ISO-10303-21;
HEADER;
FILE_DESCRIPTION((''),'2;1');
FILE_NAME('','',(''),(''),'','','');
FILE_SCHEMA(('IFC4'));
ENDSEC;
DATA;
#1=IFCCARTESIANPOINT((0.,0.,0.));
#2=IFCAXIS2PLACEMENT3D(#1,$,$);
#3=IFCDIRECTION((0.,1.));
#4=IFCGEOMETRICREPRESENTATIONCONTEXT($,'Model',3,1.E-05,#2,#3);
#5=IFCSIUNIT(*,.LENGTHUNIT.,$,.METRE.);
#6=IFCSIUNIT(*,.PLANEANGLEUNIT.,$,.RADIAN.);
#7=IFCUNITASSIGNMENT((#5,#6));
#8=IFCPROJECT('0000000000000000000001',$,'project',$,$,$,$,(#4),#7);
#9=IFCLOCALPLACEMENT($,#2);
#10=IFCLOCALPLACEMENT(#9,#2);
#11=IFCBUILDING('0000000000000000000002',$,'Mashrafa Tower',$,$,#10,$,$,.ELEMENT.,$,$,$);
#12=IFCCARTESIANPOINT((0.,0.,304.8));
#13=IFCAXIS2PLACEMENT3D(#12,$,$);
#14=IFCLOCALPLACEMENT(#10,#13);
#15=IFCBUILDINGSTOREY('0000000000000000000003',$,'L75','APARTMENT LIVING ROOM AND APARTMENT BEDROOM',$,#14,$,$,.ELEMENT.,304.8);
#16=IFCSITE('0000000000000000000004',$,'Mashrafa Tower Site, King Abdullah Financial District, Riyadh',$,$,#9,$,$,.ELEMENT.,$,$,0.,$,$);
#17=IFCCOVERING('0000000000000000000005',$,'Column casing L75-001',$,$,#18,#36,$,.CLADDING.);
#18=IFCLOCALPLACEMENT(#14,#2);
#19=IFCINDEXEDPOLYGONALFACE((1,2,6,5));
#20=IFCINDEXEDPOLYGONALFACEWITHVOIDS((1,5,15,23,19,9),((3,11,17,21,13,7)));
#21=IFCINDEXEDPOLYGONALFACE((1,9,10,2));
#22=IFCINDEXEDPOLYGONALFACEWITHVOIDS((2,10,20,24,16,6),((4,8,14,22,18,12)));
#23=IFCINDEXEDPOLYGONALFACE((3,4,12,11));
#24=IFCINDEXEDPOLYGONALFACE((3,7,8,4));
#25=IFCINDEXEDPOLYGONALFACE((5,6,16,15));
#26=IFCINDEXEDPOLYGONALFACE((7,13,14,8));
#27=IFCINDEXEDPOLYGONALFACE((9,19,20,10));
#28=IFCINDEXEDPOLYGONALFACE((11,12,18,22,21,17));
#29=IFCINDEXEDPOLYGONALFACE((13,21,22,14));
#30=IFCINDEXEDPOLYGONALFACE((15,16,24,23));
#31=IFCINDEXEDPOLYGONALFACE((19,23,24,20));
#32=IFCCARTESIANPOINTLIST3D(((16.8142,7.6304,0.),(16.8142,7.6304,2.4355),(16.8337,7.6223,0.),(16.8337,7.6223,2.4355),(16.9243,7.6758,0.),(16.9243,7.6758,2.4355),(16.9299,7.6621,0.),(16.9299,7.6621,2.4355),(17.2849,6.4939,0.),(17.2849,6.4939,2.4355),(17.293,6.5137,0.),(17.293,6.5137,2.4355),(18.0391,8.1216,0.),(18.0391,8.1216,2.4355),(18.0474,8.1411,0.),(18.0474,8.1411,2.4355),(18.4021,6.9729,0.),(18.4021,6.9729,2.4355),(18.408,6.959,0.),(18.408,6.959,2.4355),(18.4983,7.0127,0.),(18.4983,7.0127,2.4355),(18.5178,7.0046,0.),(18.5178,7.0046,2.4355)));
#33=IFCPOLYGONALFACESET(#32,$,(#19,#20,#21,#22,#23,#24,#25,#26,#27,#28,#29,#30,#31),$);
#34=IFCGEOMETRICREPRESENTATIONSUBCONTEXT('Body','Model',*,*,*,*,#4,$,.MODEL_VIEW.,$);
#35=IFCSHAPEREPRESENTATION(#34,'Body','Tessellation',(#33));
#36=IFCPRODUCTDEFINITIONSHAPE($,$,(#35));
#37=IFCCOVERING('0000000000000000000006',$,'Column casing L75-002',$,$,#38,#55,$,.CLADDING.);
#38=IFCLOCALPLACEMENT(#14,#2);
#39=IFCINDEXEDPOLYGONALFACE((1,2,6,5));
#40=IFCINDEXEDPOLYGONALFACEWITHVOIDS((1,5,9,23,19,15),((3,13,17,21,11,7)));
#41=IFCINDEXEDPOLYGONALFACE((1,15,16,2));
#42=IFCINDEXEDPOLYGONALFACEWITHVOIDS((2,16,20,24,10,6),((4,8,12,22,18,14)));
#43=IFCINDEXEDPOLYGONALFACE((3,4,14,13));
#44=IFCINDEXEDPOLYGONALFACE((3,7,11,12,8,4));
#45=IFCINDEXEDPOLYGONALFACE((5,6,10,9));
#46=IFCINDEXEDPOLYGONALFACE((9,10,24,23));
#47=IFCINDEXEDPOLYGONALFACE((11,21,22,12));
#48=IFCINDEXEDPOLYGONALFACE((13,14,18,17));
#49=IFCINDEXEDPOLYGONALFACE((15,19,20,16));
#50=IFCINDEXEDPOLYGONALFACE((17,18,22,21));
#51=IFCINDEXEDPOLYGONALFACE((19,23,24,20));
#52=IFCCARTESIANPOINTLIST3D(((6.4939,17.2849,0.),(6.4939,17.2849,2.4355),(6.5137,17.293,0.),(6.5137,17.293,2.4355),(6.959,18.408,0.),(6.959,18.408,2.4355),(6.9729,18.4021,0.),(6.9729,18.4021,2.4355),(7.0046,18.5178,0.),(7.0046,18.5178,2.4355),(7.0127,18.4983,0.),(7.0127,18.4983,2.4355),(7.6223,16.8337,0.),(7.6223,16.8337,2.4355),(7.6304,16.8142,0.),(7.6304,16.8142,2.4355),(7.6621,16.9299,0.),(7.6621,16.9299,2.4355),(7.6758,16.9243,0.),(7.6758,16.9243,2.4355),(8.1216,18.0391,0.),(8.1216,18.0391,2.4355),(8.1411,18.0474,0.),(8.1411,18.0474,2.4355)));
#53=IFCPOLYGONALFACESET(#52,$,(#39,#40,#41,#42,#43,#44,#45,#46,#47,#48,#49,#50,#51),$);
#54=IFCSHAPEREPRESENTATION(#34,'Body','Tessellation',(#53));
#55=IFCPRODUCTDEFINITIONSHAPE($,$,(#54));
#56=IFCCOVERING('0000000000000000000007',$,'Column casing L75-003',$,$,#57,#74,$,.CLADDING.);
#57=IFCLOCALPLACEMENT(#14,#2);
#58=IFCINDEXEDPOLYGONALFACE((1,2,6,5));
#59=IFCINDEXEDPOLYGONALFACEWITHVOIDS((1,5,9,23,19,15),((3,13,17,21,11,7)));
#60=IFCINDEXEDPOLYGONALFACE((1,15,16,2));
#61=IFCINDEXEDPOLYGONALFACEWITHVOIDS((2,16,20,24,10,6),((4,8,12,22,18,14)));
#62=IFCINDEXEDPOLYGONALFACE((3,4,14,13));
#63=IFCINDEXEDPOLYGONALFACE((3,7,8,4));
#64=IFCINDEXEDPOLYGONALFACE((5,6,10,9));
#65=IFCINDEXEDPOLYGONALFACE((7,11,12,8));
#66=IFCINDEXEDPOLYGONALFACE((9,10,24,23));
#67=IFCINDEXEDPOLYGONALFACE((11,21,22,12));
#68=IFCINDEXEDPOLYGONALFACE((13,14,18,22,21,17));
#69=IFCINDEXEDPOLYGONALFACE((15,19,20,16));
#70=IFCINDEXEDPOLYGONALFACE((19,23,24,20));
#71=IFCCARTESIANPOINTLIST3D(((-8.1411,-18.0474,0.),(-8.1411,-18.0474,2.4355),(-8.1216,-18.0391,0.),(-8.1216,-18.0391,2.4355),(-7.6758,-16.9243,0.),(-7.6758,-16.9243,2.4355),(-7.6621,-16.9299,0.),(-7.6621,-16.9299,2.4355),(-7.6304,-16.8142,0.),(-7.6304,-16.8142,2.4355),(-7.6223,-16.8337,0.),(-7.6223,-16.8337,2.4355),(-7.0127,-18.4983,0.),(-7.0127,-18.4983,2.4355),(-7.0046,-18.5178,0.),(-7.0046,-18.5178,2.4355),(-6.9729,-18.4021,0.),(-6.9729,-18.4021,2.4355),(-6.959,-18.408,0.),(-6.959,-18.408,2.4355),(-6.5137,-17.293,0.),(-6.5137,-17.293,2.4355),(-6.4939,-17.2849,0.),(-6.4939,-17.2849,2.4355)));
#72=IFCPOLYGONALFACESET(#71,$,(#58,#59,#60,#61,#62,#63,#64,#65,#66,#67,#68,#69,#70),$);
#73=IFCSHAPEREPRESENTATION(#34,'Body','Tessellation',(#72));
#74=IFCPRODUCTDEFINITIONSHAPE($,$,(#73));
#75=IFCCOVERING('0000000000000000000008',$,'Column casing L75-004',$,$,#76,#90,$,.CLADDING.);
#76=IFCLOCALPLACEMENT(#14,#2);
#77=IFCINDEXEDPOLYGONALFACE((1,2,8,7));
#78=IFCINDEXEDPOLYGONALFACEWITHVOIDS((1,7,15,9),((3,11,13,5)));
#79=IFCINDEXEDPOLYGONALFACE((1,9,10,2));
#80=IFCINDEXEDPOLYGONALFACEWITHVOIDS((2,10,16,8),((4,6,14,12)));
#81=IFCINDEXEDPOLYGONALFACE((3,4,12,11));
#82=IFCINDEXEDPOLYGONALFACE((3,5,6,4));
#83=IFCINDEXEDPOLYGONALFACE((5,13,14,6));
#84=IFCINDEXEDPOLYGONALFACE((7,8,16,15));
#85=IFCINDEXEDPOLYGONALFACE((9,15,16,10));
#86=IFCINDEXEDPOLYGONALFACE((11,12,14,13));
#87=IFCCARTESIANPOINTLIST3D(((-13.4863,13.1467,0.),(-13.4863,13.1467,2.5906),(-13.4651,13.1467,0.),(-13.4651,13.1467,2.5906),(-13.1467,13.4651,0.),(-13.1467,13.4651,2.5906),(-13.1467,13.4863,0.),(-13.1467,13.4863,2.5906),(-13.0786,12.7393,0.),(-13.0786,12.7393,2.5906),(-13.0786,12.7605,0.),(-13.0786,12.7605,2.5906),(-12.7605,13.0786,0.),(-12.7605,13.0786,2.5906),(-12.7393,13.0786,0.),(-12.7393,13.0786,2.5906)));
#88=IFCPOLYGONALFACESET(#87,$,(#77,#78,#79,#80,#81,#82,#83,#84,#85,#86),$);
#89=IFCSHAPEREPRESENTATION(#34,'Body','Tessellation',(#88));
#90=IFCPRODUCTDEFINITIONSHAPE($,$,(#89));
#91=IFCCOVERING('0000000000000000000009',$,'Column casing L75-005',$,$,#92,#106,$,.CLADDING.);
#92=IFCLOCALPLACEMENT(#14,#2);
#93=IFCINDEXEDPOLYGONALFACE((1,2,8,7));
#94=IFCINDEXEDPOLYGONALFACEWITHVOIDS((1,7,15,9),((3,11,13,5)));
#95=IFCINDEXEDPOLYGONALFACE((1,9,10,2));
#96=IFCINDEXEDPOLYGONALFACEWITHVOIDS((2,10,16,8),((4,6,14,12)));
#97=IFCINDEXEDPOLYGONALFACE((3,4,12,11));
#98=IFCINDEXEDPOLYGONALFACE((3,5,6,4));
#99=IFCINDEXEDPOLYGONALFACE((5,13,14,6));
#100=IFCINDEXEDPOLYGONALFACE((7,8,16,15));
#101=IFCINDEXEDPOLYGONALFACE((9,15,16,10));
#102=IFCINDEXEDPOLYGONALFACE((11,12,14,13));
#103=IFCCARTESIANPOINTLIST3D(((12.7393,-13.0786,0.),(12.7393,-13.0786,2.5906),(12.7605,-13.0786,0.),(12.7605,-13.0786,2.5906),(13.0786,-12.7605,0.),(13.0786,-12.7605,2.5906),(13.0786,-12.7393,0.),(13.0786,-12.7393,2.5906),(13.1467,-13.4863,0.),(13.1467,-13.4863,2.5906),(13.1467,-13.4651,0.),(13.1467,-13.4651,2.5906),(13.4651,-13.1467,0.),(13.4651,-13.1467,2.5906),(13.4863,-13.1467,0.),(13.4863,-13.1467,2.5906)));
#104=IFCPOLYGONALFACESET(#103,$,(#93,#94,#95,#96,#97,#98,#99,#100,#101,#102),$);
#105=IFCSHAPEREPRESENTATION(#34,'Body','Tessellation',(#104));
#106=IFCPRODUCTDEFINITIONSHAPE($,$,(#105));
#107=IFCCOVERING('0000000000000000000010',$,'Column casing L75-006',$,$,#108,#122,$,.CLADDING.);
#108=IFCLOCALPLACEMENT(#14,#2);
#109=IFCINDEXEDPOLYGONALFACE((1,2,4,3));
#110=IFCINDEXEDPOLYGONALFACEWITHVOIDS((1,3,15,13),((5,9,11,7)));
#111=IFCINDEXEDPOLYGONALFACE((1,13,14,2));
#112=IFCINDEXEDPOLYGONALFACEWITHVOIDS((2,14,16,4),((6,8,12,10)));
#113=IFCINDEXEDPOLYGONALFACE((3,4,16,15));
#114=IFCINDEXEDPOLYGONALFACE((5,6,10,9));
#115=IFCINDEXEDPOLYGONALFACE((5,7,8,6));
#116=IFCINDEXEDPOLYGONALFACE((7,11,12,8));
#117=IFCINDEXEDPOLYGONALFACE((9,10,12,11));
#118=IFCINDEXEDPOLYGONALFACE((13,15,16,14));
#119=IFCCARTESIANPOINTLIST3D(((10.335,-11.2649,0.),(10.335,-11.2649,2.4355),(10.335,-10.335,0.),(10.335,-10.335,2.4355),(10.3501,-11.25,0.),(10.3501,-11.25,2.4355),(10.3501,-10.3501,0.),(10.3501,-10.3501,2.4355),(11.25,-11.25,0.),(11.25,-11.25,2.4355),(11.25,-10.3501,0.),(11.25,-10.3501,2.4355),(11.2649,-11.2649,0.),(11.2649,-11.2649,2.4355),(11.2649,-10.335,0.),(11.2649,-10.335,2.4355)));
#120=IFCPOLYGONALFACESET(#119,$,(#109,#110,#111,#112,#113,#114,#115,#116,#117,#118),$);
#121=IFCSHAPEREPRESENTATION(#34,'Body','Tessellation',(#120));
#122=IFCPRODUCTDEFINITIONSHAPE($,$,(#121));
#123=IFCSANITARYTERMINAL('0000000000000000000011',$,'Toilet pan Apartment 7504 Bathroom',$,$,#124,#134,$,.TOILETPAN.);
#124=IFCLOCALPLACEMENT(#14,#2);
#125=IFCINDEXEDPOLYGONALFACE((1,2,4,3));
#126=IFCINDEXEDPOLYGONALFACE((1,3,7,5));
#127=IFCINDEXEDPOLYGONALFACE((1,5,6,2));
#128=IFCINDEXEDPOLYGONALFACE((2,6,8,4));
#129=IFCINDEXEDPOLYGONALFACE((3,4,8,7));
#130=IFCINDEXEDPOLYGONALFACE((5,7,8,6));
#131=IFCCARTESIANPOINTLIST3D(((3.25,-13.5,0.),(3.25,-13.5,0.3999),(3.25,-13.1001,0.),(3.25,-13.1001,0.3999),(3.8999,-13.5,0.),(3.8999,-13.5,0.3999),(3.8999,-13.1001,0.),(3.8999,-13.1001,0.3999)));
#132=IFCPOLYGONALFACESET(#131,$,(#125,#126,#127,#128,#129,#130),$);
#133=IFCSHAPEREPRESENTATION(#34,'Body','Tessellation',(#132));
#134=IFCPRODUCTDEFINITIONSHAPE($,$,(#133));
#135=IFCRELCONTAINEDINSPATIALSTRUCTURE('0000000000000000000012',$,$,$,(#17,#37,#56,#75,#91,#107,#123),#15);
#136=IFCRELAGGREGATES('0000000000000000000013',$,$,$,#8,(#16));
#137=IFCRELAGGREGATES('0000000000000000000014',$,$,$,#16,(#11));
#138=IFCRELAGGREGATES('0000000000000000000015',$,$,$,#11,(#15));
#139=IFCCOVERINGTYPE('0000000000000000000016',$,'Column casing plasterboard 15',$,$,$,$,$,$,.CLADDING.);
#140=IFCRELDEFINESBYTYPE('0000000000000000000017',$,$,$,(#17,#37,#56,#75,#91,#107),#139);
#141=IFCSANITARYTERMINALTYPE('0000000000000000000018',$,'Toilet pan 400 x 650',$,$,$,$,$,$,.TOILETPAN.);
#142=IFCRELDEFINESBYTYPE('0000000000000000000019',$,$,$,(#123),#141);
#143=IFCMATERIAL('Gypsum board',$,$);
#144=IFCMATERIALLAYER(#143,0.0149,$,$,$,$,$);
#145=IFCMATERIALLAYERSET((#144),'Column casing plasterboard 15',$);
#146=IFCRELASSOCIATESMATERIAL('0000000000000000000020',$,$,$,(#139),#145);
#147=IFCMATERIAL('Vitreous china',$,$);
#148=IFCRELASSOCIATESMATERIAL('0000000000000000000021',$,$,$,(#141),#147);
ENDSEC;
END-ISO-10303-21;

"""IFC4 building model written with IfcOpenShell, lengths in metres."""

from ifc_helpers import new_model, si_unit, direction, frame, origin, origin_2d, place, context, subcontext, project, spatial, polyline, rectangle, outline, extrude, material, layer, layer_set, type_object, element, save


model = new_model("IFC4")

# Units and contexts
model_context = context("Model", 3, precision=1e-05, world=origin(), true_north=direction((0.0, 1.0)))
body_context = subcontext(model_context, "Body", "Model", "MODEL_VIEW")
ifc_project = project(units=[si_unit("LENGTHUNIT", "METRE"), si_unit("PLANEANGLEUNIT", "RADIAN")], contexts=[model_context])

# Site, building, storey
site_placement = place(None, origin())
site = spatial("IfcSite", under=ifc_project, at=site_placement, Name="Mashrafa Tower Site, King Abdullah Financial District, Riyadh", CompositionType="ELEMENT", RefElevation=0.0)
building_placement = place(site_placement, origin())
building = spatial("IfcBuilding", under=site, at=building_placement, Name="Mashrafa Tower", CompositionType="ELEMENT")
storey_placement = place(building_placement, frame((0.0, 0.0, 304.8)))
storey = spatial("IfcBuildingStorey", under=building, at=storey_placement, Name="L75", Description="APARTMENT LIVING ROOM AND APARTMENT BEDROOM", CompositionType="ELEMENT", Elevation=304.8)

# Coverings
ifc_material_1 = material(Name="Gypsum board")
ifc_layer_1 = layer(ifc_material_1, 0.0149)
ifc_layer_set_1 = layer_set([ifc_layer_1], Name="Column casing plasterboard 15")
covering_type = type_object("IfcCoveringType", Name="Column casing plasterboard 15", PredefinedType="CLADDING", material=ifc_layer_set_1)
covering_1_placement = place(storey_placement, origin())
element("IfcCovering", 1, at=covering_1_placement, inside=storey, type_object=covering_type, Name="Column casing L75-001", PredefinedType="CLADDING", context=body_context, shape_type="SweptSolid", body=[
    extrude(outline(polyline([(16.8142, 7.6304), (16.9243, 7.6758), (18.0474, 8.1411), (18.5178, 7.0046), (18.408, 6.959), (17.2849, 6.4939), (16.8142, 7.6304)]), holes=[polyline([(18.4021, 6.9729), (18.4983, 7.0127), (18.0391, 8.1216), (16.9299, 7.6621), (16.8337, 7.6223), (17.293, 6.5137), (18.4021, 6.9729)])]), origin(), (0.0, 0.0, 1.0), 2.4355),
])
covering_2_placement = place(storey_placement, origin())
element("IfcCovering", 2, at=covering_2_placement, inside=storey, type_object=covering_type, Name="Column casing L75-002", PredefinedType="CLADDING", context=body_context, shape_type="SweptSolid", body=[
    extrude(outline(polyline([(6.4939, 17.2849), (6.959, 18.408), (7.0046, 18.5178), (8.1411, 18.0474), (7.6758, 16.9243), (7.6304, 16.8142), (6.4939, 17.2849)]), holes=[polyline([(7.6621, 16.9299), (8.1216, 18.0391), (7.0127, 18.4983), (6.9729, 18.4021), (6.5137, 17.293), (7.6223, 16.8337), (7.6621, 16.9299)])]), origin(), (0.0, 0.0, 1.0), 2.4355),
])
covering_3_placement = place(storey_placement, origin())
element("IfcCovering", 3, at=covering_3_placement, inside=storey, type_object=covering_type, Name="Column casing L75-003", PredefinedType="CLADDING", context=body_context, shape_type="SweptSolid", body=[
    extrude(outline(polyline([(-8.1411, -18.0474), (-7.6758, -16.9243), (-7.6304, -16.8142), (-6.4939, -17.2849), (-6.959, -18.408), (-7.0046, -18.5178), (-8.1411, -18.0474)]), holes=[polyline([(-6.9729, -18.4021), (-6.5137, -17.293), (-7.6223, -16.8337), (-7.6621, -16.9299), (-8.1216, -18.0391), (-7.0127, -18.4983), (-6.9729, -18.4021)])]), origin(), (0.0, 0.0, 1.0), 2.4355),
])
covering_4_placement = place(storey_placement, origin())
element("IfcCovering", 4, at=covering_4_placement, inside=storey, type_object=covering_type, Name="Column casing L75-004", PredefinedType="CLADDING", context=body_context, shape_type="SweptSolid", body=[
    extrude(outline(polyline([(-13.4863, 13.1467), (-13.1467, 13.4863), (-12.7393, 13.0786), (-13.0786, 12.7393), (-13.4863, 13.1467)]), holes=[polyline([(-12.7605, 13.0786), (-13.1467, 13.4651), (-13.4651, 13.1467), (-13.0786, 12.7605), (-12.7605, 13.0786)])]), origin(), (0.0, 0.0, 1.0), 2.5906),
])
covering_5_placement = place(storey_placement, origin())
element("IfcCovering", 5, at=covering_5_placement, inside=storey, type_object=covering_type, Name="Column casing L75-005", PredefinedType="CLADDING", context=body_context, shape_type="SweptSolid", body=[
    extrude(outline(polyline([(12.7393, -13.0786), (13.0786, -12.7393), (13.4863, -13.1467), (13.1467, -13.4863), (12.7393, -13.0786)]), holes=[polyline([(13.4651, -13.1467), (13.0786, -12.7605), (12.7605, -13.0786), (13.1467, -13.4651), (13.4651, -13.1467)])]), origin(), (0.0, 0.0, 1.0), 2.5906),
])
covering_6_placement = place(storey_placement, origin())
element("IfcCovering", 6, at=covering_6_placement, inside=storey, type_object=covering_type, Name="Column casing L75-006", PredefinedType="CLADDING", context=body_context, shape_type="SweptSolid", body=[
    extrude(outline(polyline([(10.335, -10.335), (11.2649, -10.335), (11.2649, -11.2649), (10.335, -11.2649), (10.335, -10.335)]), holes=[polyline([(11.25, -11.25), (11.25, -10.3501), (10.3501, -10.3501), (10.3501, -11.25), (11.25, -11.25)])]), origin(), (0.0, 0.0, 1.0), 2.4355),
])

# Sanitary terminal
ifc_material_2 = material(Name="Vitreous china")
sanitary_terminal_type = type_object("IfcSanitaryTerminalType", Name="Toilet pan 400 x 650", PredefinedType="TOILETPAN", material=ifc_material_2)
sanitary_terminal_placement = place(storey_placement, frame((3.575, -13.3, 0.0), z_axis=(0.0, 0.0, 1.0), x_axis=(0.0, -1.0, 0.0)))
element("IfcSanitaryTerminal", 7, at=sanitary_terminal_placement, inside=storey, type_object=sanitary_terminal_type, Name="Toilet pan Apartment 7504 Bathroom", PredefinedType="TOILETPAN", context=body_context, shape_type="SweptSolid", body=[
    extrude(rectangle(XDim=0.3999, YDim=0.6499, at=origin_2d()), origin(), (0.0, 0.0, 1.0), 0.3999),
])

save(model, "model.ifc")
